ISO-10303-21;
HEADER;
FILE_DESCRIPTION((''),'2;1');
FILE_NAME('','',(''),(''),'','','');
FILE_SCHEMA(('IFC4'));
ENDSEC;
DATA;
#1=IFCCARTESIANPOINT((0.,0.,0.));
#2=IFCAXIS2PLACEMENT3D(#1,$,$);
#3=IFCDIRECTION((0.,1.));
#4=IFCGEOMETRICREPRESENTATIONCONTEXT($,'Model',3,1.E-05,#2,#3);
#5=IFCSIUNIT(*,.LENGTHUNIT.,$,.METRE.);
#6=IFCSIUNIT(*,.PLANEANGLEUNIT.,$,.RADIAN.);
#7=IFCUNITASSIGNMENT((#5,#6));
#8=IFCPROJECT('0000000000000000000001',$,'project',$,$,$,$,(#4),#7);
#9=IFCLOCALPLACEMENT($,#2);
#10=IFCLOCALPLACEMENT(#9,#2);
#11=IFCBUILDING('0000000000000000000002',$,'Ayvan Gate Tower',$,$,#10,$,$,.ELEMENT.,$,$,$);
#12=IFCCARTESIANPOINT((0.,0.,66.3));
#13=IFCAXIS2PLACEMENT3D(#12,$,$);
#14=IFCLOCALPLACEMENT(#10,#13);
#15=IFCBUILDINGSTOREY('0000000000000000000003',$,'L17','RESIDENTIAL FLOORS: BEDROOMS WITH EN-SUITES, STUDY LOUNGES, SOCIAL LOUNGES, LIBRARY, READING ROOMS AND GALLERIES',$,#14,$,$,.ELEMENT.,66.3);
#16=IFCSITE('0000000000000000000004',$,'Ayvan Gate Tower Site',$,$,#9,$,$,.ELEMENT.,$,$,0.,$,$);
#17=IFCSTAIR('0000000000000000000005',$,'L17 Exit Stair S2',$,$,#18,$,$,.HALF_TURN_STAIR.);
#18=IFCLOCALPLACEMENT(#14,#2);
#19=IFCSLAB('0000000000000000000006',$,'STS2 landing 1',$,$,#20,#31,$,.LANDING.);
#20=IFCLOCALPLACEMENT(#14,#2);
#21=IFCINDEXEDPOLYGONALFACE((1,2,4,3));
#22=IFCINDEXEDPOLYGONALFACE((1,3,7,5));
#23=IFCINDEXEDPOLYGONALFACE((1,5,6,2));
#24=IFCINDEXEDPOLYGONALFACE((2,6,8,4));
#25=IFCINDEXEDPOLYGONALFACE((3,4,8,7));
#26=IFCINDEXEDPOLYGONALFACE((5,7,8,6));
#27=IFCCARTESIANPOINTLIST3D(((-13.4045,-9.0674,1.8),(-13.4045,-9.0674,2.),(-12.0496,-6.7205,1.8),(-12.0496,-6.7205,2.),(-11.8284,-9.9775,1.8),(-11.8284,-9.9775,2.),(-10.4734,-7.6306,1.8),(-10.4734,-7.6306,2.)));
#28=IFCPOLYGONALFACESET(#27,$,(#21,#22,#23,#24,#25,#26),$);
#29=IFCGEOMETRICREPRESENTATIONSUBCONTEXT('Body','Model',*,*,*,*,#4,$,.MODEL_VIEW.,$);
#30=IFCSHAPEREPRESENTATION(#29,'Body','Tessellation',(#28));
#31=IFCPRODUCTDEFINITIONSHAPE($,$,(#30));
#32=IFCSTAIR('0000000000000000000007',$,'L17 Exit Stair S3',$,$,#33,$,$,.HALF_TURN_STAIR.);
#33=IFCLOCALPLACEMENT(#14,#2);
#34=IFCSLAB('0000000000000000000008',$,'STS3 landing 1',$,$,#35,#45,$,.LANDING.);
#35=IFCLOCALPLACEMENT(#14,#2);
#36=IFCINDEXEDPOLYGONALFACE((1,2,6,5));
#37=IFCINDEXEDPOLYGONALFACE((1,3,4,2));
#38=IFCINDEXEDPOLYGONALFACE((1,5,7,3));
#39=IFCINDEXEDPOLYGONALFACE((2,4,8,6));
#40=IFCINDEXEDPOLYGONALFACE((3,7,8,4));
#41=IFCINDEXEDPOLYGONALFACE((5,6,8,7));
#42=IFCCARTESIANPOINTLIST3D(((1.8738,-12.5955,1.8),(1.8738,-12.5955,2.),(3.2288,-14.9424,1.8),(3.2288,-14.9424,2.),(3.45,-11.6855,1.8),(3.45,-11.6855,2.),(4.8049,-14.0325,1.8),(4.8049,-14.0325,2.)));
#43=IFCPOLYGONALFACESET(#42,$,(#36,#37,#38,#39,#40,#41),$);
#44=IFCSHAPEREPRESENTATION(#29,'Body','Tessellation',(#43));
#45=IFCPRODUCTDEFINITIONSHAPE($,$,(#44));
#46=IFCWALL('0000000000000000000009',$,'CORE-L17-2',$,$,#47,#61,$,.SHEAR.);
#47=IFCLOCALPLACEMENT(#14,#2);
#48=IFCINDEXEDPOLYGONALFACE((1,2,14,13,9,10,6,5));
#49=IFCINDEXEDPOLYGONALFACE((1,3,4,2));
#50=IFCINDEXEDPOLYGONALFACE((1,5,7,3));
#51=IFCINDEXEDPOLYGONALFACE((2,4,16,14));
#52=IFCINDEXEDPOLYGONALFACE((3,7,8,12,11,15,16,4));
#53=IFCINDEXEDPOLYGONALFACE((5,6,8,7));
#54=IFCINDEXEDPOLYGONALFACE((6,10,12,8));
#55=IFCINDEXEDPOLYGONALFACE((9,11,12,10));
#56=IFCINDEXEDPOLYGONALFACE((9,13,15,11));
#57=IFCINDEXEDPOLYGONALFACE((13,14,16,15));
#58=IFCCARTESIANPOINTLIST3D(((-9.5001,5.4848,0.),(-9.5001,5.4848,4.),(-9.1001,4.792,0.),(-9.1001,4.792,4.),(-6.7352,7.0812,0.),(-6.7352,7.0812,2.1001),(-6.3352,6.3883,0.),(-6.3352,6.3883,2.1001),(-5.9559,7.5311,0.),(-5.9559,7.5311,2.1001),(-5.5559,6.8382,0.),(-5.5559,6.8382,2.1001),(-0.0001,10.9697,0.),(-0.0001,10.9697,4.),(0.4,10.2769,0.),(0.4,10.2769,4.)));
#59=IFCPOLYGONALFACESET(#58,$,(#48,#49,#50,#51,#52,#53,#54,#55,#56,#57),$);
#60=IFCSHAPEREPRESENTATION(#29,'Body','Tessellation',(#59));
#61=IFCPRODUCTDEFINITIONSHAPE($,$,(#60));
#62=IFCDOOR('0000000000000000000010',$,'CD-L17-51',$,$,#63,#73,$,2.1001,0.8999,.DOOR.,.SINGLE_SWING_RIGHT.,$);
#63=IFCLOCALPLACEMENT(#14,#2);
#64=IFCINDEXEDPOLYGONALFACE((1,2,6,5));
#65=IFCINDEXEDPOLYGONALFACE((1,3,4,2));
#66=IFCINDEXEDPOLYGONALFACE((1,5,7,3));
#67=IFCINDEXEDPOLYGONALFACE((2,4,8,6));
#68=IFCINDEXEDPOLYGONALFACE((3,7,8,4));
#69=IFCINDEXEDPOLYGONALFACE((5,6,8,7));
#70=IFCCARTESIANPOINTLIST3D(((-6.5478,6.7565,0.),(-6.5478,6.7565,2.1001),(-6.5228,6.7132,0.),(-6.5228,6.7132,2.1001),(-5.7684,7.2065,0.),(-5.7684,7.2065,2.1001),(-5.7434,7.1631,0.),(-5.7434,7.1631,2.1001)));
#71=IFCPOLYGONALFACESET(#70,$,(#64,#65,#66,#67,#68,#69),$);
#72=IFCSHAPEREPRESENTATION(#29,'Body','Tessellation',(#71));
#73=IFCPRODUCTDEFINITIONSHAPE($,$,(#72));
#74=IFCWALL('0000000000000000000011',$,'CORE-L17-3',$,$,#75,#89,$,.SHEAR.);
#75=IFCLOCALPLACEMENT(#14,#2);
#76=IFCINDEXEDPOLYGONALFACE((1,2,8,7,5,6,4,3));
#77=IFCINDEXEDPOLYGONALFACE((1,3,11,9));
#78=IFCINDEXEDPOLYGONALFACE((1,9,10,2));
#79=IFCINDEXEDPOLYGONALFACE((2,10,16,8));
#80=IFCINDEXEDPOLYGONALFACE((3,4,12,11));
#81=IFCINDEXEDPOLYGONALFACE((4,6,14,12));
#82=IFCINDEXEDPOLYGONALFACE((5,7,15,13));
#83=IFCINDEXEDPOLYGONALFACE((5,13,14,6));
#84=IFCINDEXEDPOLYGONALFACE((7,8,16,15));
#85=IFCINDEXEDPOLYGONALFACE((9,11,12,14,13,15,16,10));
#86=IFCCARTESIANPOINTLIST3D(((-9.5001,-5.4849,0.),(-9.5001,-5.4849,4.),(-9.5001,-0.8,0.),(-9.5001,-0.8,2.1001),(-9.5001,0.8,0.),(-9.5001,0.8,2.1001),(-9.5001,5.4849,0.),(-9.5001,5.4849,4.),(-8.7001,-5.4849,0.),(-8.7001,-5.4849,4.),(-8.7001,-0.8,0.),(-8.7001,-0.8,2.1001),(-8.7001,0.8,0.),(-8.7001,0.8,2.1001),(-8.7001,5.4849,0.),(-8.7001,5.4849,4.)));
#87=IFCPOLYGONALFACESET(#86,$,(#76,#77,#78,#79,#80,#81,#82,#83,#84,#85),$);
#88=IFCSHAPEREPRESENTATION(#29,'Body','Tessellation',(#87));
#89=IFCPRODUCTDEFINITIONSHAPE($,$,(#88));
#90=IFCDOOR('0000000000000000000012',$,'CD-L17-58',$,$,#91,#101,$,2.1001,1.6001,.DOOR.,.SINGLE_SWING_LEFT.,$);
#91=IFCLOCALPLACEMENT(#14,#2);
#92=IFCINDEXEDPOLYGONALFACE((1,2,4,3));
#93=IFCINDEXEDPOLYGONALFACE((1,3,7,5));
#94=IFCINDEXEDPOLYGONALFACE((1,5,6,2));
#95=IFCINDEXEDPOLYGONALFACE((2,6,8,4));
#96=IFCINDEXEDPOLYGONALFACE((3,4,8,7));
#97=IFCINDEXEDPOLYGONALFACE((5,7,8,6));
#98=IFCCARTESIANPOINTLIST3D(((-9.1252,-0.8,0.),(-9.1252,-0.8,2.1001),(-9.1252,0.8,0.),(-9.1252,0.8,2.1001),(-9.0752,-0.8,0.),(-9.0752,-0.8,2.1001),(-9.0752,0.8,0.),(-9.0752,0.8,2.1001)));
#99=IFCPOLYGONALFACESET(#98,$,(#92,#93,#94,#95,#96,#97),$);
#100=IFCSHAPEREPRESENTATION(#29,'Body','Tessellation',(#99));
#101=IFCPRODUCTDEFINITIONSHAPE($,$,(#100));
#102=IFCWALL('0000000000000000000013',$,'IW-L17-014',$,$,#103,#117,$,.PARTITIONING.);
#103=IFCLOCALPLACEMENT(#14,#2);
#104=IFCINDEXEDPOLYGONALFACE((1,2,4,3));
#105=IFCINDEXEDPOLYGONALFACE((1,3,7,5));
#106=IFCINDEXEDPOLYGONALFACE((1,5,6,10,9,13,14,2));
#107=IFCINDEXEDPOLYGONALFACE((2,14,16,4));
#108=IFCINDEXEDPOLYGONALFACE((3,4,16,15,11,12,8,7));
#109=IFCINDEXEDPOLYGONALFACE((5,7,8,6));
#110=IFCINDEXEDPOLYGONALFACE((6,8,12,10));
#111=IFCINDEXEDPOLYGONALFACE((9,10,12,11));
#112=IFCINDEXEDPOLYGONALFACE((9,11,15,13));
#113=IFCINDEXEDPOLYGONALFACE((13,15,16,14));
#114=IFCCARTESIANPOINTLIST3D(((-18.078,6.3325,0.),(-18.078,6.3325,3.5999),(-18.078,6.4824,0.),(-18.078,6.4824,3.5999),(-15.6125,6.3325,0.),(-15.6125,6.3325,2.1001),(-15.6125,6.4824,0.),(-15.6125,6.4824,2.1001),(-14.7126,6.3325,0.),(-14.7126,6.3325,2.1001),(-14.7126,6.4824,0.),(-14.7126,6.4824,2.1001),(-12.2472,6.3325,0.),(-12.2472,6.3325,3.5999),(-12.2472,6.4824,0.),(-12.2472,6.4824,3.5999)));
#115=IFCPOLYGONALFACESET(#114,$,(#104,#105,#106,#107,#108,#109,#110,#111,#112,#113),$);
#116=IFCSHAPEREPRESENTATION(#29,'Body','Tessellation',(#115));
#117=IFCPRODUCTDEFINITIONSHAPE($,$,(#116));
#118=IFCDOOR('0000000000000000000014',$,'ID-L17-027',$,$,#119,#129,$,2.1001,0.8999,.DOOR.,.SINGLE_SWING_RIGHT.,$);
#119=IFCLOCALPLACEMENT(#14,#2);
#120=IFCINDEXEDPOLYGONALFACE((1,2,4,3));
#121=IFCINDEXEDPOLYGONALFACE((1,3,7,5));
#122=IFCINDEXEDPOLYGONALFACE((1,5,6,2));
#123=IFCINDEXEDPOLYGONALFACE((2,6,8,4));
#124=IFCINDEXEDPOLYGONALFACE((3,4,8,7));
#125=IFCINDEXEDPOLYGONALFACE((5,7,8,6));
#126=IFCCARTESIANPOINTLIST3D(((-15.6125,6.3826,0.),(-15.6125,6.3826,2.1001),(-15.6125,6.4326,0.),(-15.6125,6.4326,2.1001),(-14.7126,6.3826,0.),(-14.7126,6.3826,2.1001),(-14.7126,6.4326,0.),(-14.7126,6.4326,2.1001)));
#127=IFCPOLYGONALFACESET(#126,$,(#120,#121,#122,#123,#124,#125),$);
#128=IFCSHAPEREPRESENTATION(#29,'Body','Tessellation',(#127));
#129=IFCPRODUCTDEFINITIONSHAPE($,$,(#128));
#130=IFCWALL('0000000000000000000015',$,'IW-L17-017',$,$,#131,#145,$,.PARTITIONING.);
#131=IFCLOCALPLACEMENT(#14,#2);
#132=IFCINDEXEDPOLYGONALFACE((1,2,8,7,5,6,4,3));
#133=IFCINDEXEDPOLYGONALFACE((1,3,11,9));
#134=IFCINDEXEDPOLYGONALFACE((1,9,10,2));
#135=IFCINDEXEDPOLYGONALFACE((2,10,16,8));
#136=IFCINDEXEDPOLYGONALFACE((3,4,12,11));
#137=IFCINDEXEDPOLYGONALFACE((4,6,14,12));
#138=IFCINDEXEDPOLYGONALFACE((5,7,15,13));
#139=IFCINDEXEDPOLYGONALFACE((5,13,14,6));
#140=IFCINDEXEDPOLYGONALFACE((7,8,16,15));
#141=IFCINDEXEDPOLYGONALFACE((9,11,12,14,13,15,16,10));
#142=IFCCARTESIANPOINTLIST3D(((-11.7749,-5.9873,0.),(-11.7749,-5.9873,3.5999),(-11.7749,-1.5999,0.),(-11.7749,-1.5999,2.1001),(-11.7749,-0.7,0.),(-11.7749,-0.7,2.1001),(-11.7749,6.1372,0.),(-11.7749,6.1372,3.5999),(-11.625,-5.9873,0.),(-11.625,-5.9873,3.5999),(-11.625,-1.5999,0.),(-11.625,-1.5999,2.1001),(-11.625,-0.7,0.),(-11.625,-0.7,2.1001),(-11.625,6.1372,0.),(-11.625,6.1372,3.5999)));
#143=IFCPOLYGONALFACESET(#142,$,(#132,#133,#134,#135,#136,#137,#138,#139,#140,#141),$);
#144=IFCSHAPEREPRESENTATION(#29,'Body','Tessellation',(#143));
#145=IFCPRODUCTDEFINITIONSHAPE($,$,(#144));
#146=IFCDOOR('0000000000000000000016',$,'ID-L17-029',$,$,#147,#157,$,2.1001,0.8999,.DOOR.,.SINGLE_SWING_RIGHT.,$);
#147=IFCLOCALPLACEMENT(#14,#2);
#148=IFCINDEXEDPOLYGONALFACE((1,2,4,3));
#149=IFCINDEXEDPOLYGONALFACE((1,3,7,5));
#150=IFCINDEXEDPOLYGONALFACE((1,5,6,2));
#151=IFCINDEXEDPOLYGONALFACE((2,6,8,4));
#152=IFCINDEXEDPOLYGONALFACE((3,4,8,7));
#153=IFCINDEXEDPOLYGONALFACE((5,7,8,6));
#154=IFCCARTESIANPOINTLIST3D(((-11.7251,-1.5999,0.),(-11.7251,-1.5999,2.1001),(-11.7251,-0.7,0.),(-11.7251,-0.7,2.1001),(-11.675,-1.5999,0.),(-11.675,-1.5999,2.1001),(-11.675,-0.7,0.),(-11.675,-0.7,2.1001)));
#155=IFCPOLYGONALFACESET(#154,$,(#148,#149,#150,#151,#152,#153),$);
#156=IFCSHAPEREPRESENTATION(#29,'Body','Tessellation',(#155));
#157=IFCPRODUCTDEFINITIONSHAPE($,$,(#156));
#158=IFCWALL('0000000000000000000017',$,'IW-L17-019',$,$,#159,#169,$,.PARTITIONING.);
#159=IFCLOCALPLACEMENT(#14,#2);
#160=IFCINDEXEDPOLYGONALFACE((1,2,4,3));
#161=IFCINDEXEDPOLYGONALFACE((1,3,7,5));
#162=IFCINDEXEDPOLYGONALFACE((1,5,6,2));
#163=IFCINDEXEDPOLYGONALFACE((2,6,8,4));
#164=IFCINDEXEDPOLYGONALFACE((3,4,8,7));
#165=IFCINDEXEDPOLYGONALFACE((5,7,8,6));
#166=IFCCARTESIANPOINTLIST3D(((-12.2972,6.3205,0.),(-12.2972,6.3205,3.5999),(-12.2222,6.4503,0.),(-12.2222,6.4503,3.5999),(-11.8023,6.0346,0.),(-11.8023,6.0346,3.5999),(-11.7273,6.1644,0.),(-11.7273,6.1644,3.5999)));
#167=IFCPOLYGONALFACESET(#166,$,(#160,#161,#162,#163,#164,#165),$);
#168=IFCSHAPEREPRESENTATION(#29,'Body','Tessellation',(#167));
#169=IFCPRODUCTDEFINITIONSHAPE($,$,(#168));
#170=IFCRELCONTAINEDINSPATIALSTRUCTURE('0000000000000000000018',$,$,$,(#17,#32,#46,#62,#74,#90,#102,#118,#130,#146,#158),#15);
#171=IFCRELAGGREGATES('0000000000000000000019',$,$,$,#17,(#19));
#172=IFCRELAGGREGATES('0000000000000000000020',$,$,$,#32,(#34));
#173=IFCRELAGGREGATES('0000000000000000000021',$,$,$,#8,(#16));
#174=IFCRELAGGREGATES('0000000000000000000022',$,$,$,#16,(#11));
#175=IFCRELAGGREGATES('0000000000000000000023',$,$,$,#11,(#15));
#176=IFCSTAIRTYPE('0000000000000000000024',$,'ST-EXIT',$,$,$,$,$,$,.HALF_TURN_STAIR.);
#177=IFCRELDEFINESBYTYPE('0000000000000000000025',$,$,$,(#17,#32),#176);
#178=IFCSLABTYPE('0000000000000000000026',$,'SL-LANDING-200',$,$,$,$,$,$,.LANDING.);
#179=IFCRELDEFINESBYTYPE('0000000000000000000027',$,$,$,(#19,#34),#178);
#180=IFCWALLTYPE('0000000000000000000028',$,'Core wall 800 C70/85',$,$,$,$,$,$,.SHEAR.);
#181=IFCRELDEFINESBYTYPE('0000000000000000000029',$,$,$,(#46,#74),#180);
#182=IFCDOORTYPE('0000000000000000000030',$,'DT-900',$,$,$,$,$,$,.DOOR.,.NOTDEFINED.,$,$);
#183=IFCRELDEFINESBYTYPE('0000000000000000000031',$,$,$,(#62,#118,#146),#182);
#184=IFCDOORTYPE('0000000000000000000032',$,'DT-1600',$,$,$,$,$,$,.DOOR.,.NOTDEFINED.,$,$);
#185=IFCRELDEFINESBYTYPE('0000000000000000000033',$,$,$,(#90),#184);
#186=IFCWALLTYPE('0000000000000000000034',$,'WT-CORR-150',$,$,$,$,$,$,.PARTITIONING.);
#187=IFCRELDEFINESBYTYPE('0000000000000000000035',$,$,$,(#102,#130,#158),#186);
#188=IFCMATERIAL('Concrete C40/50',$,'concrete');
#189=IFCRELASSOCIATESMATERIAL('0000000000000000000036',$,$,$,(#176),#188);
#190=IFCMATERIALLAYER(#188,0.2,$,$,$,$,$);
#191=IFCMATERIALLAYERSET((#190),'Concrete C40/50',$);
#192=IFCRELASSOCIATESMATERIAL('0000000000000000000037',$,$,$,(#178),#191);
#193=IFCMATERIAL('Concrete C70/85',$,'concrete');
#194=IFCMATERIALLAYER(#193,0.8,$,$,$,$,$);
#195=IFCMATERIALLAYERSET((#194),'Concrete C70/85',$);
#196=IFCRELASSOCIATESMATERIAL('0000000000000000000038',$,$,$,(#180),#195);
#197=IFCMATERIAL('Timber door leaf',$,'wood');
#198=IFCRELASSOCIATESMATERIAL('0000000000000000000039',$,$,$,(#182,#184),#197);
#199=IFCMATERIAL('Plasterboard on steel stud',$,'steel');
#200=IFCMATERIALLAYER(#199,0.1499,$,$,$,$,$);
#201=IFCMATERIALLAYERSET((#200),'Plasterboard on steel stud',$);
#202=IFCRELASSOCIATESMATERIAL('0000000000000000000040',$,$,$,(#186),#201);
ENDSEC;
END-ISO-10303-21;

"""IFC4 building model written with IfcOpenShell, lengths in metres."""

from ifc_helpers import new_model, si_unit, direction, frame, frame_2d, origin, place, context, subcontext, project, spatial, polyline, rectangle, outline, extrude, material, layer, layer_set, type_object, element, fill, aggregate, save


model = new_model("IFC4")

# Units and contexts
model_context = context("Model", 3, precision=1e-05, world=origin(), true_north=direction((0.0, 1.0)))
body_context = subcontext(model_context, "Body", "Model", "MODEL_VIEW")
ifc_project = project(units=[si_unit("LENGTHUNIT", "METRE"), si_unit("PLANEANGLEUNIT", "RADIAN")], contexts=[model_context])

# Site, building, storey
site_placement = place(None, origin())
site = spatial("IfcSite", under=ifc_project, at=site_placement, Name="Ayvan Gate Tower Site", CompositionType="ELEMENT", RefElevation=0.0)
building_placement = place(site_placement, origin())
building = spatial("IfcBuilding", under=site, at=building_placement, Name="Ayvan Gate Tower", CompositionType="ELEMENT")
storey_placement = place(building_placement, frame((0.0, 0.0, 66.3)))
storey = spatial("IfcBuildingStorey", under=building, at=storey_placement, Name="L17", Description="RESIDENTIAL FLOORS: BEDROOMS WITH EN-SUITES, STUDY LOUNGES, SOCIAL LOUNGES, LIBRARY, READING ROOMS AND GALLERIES", CompositionType="ELEMENT", Elevation=66.3)

# Stairs, slabs
ifc_material_1 = material(Name="Concrete C40/50", Category="concrete")
stair_type = type_object("IfcStairType", Name="ST-EXIT", PredefinedType="HALF_TURN_STAIR", material=ifc_material_1)
stair_1_placement = place(storey_placement, origin())
stair_1 = element("IfcStair", 1, at=stair_1_placement, inside=storey, type_object=stair_type, Name="L17 Exit Stair S2", PredefinedType="HALF_TURN_STAIR")
ifc_layer_1 = layer(ifc_material_1, 0.2)
ifc_layer_set_1 = layer_set([ifc_layer_1], Name="Concrete C40/50")
slab_type = type_object("IfcSlabType", Name="SL-LANDING-200", PredefinedType="LANDING", material=ifc_layer_set_1)
slab_1_placement = place(storey_placement, frame((0.0, 0.0, 1.8)))
slab_1 = element("IfcSlab", 2, at=slab_1_placement, type_object=slab_type, Name="STS2 landing 1", PredefinedType="LANDING", context=body_context, shape_type="SweptSolid", body=[
    extrude(outline(polyline([(-10.4734, -7.6306), (-12.0496, -6.7205), (-13.4045, -9.0674), (-11.8284, -9.9775), (-10.4734, -7.6306)])), origin(), (0.0, 0.0, 1.0), 0.2),
])
aggregate(stair_1, [slab_1])
stair_2_placement = place(storey_placement, origin())
stair_2 = element("IfcStair", 3, at=stair_2_placement, inside=storey, type_object=stair_type, Name="L17 Exit Stair S3", PredefinedType="HALF_TURN_STAIR")
slab_2_placement = place(storey_placement, frame((0.0, 0.0, 1.8)))
slab_2 = element("IfcSlab", 4, at=slab_2_placement, type_object=slab_type, Name="STS3 landing 1", PredefinedType="LANDING", context=body_context, shape_type="SweptSolid", body=[
    extrude(outline(polyline([(3.45, -11.6855), (1.8738, -12.5955), (3.2288, -14.9424), (4.8049, -14.0325), (3.45, -11.6855)])), origin(), (0.0, 0.0, 1.0), 0.2),
])
aggregate(stair_2, [slab_2])

# Walls, openings, doors
ifc_material_2 = material(Name="Concrete C70/85", Category="concrete")
ifc_layer_2 = layer(ifc_material_2, 0.8)
ifc_layer_set_2 = layer_set([ifc_layer_2], Name="Concrete C70/85")
wall_type_1 = type_object("IfcWallType", Name="Core wall 800 C70/85", PredefinedType="SHEAR", material=ifc_layer_set_2)
wall_1_placement = place(storey_placement, frame((0.2, 10.6233, 0.0), z_axis=(0.0, 0.0, 1.0), x_axis=(-0.866024, -0.500002, 0.0)))
wall_1 = element("IfcWall", 5, at=wall_1_placement, inside=storey, type_object=wall_type_1, Name="CORE-L17-2", PredefinedType="SHEAR", context=body_context, shape_type="SweptSolid", body=[
    extrude(rectangle(XDim=10.9697, YDim=0.8, at=frame_2d((5.4849, 0.0))), origin(), (0.0, 0.0, 1.0), 4.0),
])
opening_1_placement = place(wall_1_placement, frame((6.8772, 0.0, 0.0)))
opening_1 = element("IfcOpeningElement", 6, at=opening_1_placement, cuts=wall_1, PredefinedType="OPENING", context=body_context, shape_type="SweptSolid", body=[
    extrude(rectangle(XDim=0.8999, YDim=2.1001, at=frame_2d((0.45, 1.05))), frame((0.0, 0.4099, 0.0), z_axis=(0.0, -1.0, 0.0), x_axis=(1.0, 0.0, 0.0)), (0.0, 0.0, 1.0), 0.8201),
])
ifc_material_3 = material(Name="Timber door leaf", Category="wood")
door_type_1 = type_object("IfcDoorType", Name="DT-900", OperationType="NOTDEFINED", PredefinedType="DOOR", material=ifc_material_3)
door_1_placement = place(opening_1_placement, origin())
door_1 = element("IfcDoor", 7, at=door_1_placement, inside=storey, type_object=door_type_1, Name="CD-L17-51", OperationType="SINGLE_SWING_RIGHT", OverallHeight=2.1001, OverallWidth=0.8999, PredefinedType="DOOR", context=body_context, shape_type="SweptSolid", body=[
    extrude(rectangle(XDim=0.8999, YDim=2.1001, at=frame_2d((0.45, 1.05))), frame((0.0, 0.0249, 0.0), z_axis=(0.0, -1.0, 0.0), x_axis=(1.0, 0.0, 0.0)), (0.0, 0.0, 1.0), 0.05),
])
fill(opening_1, door_1)
wall_2_placement = place(storey_placement, frame((-9.1001, 5.4849, 0.0), z_axis=(0.0, 0.0, 1.0), x_axis=(0.0, -1.0, 0.0)))
wall_2 = element("IfcWall", 8, at=wall_2_placement, inside=storey, type_object=wall_type_1, Name="CORE-L17-3", PredefinedType="SHEAR", context=body_context, shape_type="SweptSolid", body=[
    extrude(rectangle(XDim=10.9697, YDim=0.8, at=frame_2d((5.4849, 0.0))), origin(), (0.0, 0.0, 1.0), 4.0),
])
opening_2_placement = place(wall_2_placement, frame((4.6848, 0.0, 0.0)))
opening_2 = element("IfcOpeningElement", 9, at=opening_2_placement, cuts=wall_2, PredefinedType="OPENING", context=body_context, shape_type="SweptSolid", body=[
    extrude(rectangle(XDim=1.6001, YDim=2.1001, at=frame_2d((0.8, 1.05))), frame((0.0, 0.4099, 0.0), z_axis=(0.0, -1.0, 0.0), x_axis=(1.0, 0.0, 0.0)), (0.0, 0.0, 1.0), 0.8201),
])
door_type_2 = type_object("IfcDoorType", Name="DT-1600", OperationType="NOTDEFINED", PredefinedType="DOOR", material=ifc_material_3)
door_2_placement = place(opening_2_placement, origin())
door_2 = element("IfcDoor", 10, at=door_2_placement, inside=storey, type_object=door_type_2, Name="CD-L17-58", OperationType="SINGLE_SWING_LEFT", OverallHeight=2.1001, OverallWidth=1.6001, PredefinedType="DOOR", context=body_context, shape_type="SweptSolid", body=[
    extrude(rectangle(XDim=1.6001, YDim=2.1001, at=frame_2d((0.8, 1.05))), frame((0.0, 0.0249, 0.0), z_axis=(0.0, -1.0, 0.0), x_axis=(1.0, 0.0, 0.0)), (0.0, 0.0, 1.0), 0.05),
])
fill(opening_2, door_2)
ifc_material_4 = material(Name="Plasterboard on steel stud", Category="steel")
ifc_layer_3 = layer(ifc_material_4, 0.1499)
ifc_layer_set_3 = layer_set([ifc_layer_3], Name="Plasterboard on steel stud")
wall_type_2 = type_object("IfcWallType", Name="WT-CORR-150", PredefinedType="PARTITIONING", material=ifc_layer_set_3)
wall_3_placement = place(storey_placement, frame((-12.2471, 6.4075, 0.0), z_axis=(0.0, 0.0, 1.0), x_axis=(-1.0, 0.0, 0.0)))
wall_3 = element("IfcWall", 11, at=wall_3_placement, inside=storey, type_object=wall_type_2, Name="IW-L17-014", PredefinedType="PARTITIONING", context=body_context, shape_type="SweptSolid", body=[
    extrude(rectangle(XDim=5.8308, YDim=0.1499, at=frame_2d((2.9155, 0.0))), origin(), (0.0, 0.0, 1.0), 3.5999),
])
opening_3_placement = place(wall_3_placement, frame((2.4656, 0.0, 0.0)))
opening_3 = element("IfcOpeningElement", 12, at=opening_3_placement, cuts=wall_3, PredefinedType="OPENING", context=body_context, shape_type="SweptSolid", body=[
    extrude(rectangle(XDim=0.8999, YDim=2.1001, at=frame_2d((0.45, 1.05))), frame((0.0, 0.085, 0.0), z_axis=(0.0, -1.0, 0.0), x_axis=(1.0, 0.0, 0.0)), (0.0, 0.0, 1.0), 0.1699),
])
door_3_placement = place(opening_3_placement, origin())
door_3 = element("IfcDoor", 13, at=door_3_placement, inside=storey, type_object=door_type_1, Name="ID-L17-027", OperationType="SINGLE_SWING_RIGHT", OverallHeight=2.1001, OverallWidth=0.8999, PredefinedType="DOOR", context=body_context, shape_type="SweptSolid", body=[
    extrude(rectangle(XDim=0.8999, YDim=2.1001, at=frame_2d((0.45, 1.05))), frame((0.0, 0.0249, 0.0), z_axis=(0.0, -1.0, 0.0), x_axis=(1.0, 0.0, 0.0)), (0.0, 0.0, 1.0), 0.05),
])
fill(opening_3, door_3)
wall_4_placement = place(storey_placement, frame((-11.7, 6.1372, 0.0), z_axis=(0.0, 0.0, 1.0), x_axis=(0.0, -1.0, 0.0)))
wall_4 = element("IfcWall", 14, at=wall_4_placement, inside=storey, type_object=wall_type_2, Name="IW-L17-017", PredefinedType="PARTITIONING", context=body_context, shape_type="SweptSolid", body=[
    extrude(rectangle(XDim=12.1245, YDim=0.1499, at=frame_2d((6.0623, 0.0))), origin(), (0.0, 0.0, 1.0), 3.5999),
])
opening_4_placement = place(wall_4_placement, frame((6.8372, 0.0, 0.0)))
opening_4 = element("IfcOpeningElement", 15, at=opening_4_placement, cuts=wall_4, PredefinedType="OPENING", context=body_context, shape_type="SweptSolid", body=[
    extrude(rectangle(XDim=0.8999, YDim=2.1001, at=frame_2d((0.45, 1.05))), frame((0.0, 0.085, 0.0), z_axis=(0.0, -1.0, 0.0), x_axis=(1.0, 0.0, 0.0)), (0.0, 0.0, 1.0), 0.1699),
])
door_4_placement = place(opening_4_placement, origin())
door_4 = element("IfcDoor", 16, at=door_4_placement, inside=storey, type_object=door_type_1, Name="ID-L17-029", OperationType="SINGLE_SWING_RIGHT", OverallHeight=2.1001, OverallWidth=0.8999, PredefinedType="DOOR", context=body_context, shape_type="SweptSolid", body=[
    extrude(rectangle(XDim=0.8999, YDim=2.1001, at=frame_2d((0.45, 1.05))), frame((0.0, 0.0249, 0.0), z_axis=(0.0, -1.0, 0.0), x_axis=(1.0, 0.0, 0.0)), (0.0, 0.0, 1.0), 0.05),
])
fill(opening_4, door_4)

# Wall
wall_5_placement = place(storey_placement, frame((-11.7649, 6.0996, 0.0), z_axis=(0.0, 0.0, 1.0), x_axis=(-0.865894, 0.500228, 0.0)))
element("IfcWall", 17, at=wall_5_placement, inside=storey, type_object=wall_type_2, Name="IW-L17-019", PredefinedType="PARTITIONING", context=body_context, shape_type="SweptSolid", body=[
    extrude(rectangle(XDim=0.5715, YDim=0.1499, at=frame_2d((0.2856, 0.0))), origin(), (0.0, 0.0, 1.0), 3.5999),
])

save(model, "model.ifc")
